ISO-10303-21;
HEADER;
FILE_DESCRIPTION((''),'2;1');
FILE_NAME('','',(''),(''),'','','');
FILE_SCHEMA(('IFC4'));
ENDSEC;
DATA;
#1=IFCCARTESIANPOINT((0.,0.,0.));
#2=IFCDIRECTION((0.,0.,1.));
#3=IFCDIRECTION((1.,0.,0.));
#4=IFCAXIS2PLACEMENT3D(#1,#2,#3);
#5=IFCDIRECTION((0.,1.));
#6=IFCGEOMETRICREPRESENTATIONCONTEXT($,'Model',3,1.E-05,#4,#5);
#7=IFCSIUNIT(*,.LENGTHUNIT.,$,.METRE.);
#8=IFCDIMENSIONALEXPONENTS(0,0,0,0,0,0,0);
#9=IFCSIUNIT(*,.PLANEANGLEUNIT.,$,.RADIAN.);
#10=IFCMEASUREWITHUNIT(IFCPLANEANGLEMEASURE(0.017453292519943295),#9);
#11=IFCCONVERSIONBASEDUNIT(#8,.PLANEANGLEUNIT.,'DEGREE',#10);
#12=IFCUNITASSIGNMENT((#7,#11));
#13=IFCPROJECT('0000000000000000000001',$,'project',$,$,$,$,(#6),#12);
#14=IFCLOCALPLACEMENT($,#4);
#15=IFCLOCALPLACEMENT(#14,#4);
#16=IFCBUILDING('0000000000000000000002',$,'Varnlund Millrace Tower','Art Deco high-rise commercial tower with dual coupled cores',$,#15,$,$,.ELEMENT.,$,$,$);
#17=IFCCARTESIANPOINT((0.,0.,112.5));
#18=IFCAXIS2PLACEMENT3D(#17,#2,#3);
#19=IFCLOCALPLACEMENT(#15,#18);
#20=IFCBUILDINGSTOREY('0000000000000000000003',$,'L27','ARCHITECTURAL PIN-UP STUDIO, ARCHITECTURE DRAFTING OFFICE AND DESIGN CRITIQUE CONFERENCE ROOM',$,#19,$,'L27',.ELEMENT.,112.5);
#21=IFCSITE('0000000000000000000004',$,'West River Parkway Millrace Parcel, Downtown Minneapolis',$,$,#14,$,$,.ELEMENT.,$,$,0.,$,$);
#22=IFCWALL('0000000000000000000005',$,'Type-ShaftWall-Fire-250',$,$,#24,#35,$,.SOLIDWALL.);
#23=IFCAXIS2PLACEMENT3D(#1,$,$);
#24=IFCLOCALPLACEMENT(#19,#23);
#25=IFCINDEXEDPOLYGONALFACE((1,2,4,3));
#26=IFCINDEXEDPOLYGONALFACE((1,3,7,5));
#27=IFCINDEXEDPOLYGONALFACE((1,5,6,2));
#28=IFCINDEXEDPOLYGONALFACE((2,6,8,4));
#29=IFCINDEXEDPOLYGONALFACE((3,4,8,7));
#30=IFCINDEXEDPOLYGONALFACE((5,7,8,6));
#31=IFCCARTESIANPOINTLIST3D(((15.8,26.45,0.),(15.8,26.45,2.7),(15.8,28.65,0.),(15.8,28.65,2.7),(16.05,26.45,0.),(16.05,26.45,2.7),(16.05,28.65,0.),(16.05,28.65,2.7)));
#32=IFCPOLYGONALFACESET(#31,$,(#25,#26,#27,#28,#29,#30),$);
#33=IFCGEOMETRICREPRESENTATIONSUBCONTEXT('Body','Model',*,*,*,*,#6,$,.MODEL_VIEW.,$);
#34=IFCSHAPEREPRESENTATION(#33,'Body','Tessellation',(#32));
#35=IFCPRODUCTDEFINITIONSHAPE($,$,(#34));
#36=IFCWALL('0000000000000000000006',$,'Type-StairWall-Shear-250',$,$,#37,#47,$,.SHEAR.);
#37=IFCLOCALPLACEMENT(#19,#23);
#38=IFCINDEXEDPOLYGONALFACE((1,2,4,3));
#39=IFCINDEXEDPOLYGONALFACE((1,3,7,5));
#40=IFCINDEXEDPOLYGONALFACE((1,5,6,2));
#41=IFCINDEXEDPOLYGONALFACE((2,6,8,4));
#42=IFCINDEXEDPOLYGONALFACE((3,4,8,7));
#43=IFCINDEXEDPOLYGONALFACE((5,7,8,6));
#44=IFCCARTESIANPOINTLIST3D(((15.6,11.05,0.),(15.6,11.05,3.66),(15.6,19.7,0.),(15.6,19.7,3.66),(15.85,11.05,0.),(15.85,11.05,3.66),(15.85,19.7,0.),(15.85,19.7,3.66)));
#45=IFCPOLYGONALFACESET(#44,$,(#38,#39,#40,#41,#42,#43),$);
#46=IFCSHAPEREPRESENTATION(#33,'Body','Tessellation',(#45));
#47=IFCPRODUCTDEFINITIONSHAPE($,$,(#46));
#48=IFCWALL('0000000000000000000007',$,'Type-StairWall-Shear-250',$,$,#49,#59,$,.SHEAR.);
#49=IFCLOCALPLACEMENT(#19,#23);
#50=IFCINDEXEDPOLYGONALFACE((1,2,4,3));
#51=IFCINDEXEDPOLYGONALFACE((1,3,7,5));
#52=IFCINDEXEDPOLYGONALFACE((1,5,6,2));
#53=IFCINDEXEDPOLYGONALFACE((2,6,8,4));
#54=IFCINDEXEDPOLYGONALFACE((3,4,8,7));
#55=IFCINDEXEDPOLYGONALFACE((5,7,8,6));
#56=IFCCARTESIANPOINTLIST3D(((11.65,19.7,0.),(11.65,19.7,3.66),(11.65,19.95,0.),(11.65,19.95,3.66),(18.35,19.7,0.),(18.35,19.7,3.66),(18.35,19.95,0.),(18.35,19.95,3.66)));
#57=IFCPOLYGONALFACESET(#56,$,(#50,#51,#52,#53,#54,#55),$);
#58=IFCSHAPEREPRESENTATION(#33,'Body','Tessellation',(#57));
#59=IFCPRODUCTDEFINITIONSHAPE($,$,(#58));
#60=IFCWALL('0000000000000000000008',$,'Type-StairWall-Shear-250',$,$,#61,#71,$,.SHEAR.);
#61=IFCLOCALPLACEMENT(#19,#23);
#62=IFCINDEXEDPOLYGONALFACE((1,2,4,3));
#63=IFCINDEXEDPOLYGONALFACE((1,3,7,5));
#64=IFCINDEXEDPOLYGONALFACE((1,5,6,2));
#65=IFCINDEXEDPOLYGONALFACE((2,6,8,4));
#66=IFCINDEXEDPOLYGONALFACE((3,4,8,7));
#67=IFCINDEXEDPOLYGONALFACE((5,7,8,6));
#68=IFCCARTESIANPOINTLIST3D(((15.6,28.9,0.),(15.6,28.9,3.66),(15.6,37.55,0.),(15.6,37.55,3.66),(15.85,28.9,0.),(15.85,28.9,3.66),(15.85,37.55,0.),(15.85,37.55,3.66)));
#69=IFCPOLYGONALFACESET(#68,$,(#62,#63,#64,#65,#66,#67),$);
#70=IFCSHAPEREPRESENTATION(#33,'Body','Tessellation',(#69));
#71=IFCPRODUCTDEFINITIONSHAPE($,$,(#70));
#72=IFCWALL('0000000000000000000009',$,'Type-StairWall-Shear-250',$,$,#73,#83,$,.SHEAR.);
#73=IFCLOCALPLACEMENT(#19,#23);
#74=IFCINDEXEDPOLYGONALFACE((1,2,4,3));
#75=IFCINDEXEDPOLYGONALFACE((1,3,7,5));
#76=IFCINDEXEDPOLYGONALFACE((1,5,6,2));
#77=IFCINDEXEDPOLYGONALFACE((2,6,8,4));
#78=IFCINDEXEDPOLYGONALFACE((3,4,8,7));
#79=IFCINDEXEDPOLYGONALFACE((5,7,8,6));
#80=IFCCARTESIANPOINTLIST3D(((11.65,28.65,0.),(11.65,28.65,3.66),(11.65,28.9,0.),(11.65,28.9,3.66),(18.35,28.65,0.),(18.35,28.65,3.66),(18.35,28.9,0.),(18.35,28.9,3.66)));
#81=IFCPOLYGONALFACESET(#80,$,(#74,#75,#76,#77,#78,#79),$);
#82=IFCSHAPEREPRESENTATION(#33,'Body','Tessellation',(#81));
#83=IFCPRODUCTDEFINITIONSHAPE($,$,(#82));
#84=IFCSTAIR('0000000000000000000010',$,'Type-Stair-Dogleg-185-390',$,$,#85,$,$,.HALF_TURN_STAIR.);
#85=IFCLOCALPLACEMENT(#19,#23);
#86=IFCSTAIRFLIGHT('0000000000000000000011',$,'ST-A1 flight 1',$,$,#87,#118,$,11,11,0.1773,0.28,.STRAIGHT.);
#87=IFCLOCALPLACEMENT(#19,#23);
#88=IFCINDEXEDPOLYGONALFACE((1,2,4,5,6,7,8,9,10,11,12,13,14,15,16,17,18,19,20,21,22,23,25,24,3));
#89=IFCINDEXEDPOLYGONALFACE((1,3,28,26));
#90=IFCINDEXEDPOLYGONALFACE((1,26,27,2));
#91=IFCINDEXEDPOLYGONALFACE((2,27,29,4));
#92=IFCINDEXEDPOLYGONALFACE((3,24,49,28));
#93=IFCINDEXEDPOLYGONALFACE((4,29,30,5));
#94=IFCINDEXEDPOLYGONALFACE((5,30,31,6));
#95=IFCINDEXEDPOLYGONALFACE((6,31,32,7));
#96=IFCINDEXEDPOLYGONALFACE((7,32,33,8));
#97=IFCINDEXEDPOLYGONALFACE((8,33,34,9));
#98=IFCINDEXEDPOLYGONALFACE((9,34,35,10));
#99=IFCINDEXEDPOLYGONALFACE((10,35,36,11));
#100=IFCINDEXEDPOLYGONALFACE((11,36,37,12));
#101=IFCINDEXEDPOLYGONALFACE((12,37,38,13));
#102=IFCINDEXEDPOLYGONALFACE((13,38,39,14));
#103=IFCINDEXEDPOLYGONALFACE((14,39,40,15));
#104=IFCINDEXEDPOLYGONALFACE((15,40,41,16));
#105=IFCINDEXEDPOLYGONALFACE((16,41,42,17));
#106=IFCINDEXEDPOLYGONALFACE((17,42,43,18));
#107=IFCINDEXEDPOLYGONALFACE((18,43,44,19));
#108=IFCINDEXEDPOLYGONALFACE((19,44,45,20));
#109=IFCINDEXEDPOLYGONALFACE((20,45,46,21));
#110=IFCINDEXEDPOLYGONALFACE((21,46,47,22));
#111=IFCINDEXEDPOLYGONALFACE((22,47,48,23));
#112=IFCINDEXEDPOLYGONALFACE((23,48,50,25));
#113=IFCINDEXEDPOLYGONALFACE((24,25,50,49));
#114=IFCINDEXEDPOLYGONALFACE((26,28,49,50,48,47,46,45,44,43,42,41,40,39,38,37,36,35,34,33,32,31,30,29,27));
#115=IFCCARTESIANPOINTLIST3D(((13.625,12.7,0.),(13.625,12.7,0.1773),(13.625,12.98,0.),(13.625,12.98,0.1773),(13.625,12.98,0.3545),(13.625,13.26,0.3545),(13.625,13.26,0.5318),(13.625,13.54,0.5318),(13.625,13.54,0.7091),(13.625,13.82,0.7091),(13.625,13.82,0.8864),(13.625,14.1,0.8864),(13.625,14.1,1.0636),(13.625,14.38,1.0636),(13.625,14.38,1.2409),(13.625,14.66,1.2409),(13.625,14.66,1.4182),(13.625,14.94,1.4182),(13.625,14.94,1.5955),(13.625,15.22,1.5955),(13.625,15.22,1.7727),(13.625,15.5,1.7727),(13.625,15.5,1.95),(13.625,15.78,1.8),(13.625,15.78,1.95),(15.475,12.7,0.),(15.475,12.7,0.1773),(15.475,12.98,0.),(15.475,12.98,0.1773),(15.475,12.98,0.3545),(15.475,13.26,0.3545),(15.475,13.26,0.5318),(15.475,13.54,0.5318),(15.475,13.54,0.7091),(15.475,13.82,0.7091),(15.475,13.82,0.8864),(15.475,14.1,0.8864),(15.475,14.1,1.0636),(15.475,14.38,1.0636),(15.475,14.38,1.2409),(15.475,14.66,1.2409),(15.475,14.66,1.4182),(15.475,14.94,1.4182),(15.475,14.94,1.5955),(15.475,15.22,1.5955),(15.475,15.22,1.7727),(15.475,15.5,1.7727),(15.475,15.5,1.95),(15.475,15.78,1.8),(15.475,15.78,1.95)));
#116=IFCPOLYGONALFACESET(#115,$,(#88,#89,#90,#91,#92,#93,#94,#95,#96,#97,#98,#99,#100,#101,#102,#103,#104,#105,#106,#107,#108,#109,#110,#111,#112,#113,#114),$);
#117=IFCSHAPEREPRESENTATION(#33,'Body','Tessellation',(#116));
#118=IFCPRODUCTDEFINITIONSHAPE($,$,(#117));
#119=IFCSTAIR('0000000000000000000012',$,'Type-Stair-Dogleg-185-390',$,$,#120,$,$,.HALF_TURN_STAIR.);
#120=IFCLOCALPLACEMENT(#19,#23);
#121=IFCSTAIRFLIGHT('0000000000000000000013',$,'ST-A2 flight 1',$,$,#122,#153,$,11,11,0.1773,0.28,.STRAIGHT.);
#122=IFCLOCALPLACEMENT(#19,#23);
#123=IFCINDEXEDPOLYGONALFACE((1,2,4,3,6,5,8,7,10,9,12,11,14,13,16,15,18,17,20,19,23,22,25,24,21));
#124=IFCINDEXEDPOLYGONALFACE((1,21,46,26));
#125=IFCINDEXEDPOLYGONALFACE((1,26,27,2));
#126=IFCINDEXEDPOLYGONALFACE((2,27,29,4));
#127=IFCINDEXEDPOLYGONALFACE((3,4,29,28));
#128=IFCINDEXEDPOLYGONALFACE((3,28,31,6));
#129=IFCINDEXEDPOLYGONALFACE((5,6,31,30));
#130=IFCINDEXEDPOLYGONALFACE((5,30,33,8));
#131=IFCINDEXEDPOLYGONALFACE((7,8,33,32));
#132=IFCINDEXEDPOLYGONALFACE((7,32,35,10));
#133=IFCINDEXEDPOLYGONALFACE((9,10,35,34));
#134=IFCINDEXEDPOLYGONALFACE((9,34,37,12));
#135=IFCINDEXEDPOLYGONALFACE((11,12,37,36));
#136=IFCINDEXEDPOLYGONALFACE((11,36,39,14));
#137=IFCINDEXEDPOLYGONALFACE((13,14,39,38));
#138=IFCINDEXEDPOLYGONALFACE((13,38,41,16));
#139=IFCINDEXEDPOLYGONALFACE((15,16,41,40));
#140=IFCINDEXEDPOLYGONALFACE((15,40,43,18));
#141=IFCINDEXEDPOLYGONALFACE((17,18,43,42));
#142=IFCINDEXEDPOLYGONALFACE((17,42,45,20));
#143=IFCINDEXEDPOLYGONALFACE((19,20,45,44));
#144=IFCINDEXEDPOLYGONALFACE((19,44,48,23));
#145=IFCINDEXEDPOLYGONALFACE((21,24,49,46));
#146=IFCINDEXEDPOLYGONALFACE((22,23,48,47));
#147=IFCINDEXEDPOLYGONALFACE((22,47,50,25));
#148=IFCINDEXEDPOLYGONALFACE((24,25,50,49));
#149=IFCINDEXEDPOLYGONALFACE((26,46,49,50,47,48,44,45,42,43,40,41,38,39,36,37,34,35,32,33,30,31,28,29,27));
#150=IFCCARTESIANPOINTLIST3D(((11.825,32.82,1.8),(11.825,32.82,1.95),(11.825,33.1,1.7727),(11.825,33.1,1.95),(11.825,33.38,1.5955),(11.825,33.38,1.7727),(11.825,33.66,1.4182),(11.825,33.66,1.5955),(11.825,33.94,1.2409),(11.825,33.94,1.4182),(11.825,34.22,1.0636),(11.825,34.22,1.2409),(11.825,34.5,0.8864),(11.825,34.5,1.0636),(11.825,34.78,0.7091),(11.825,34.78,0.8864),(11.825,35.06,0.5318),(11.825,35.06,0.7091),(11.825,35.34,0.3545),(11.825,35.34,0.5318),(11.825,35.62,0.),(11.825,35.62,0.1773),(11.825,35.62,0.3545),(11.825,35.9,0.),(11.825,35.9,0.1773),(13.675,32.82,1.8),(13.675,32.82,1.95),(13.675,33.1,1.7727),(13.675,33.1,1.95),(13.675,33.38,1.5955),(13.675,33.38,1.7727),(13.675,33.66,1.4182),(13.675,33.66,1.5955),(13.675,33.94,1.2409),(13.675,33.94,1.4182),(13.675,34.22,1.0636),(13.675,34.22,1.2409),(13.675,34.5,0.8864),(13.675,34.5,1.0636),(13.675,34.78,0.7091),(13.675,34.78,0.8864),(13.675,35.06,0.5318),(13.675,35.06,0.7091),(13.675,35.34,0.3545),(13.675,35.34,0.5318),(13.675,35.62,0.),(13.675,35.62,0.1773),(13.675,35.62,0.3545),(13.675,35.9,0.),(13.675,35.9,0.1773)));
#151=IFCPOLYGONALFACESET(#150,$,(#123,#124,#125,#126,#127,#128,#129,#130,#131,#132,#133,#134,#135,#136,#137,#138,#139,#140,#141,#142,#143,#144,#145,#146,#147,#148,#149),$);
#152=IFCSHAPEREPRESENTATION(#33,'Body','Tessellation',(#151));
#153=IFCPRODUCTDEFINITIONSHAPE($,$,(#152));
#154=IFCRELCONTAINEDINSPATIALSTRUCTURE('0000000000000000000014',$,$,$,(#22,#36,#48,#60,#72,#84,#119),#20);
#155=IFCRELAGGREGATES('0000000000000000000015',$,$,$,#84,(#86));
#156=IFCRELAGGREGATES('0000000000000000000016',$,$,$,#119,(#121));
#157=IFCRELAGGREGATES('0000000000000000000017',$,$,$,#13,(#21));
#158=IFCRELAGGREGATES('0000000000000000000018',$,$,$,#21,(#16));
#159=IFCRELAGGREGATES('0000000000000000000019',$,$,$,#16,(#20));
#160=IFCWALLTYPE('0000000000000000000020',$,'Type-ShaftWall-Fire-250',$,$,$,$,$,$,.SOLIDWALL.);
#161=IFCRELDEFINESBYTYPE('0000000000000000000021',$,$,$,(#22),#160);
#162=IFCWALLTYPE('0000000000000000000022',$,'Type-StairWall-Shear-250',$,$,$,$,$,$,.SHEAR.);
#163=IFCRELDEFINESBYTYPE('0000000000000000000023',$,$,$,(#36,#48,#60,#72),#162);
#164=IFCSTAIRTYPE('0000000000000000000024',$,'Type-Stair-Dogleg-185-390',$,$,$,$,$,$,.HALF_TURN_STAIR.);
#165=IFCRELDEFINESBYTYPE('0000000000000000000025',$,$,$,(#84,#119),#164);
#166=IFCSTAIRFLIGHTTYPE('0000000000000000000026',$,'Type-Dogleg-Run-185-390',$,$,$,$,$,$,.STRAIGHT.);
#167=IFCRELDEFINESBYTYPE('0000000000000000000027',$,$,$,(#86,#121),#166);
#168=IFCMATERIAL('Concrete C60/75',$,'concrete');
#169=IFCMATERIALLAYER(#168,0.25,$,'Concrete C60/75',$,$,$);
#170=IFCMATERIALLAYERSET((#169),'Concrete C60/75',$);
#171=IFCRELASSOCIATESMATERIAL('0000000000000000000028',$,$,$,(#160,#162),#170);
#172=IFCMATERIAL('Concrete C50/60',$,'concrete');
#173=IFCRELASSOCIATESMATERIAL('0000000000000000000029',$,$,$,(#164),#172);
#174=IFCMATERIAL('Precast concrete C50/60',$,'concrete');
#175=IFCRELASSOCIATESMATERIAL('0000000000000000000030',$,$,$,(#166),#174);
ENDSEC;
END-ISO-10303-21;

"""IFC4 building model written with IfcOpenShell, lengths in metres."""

from ifc_helpers import new_model, entity, si_unit, converted_unit, direction, frame, origin_with_axes, place, context, subcontext, project, spatial, polyline, outline, extrude, material, layer, layer_set, type_object, element, aggregate, save


model = new_model("IFC4")

# Units and contexts
model_context = context("Model", 3, precision=1e-05, world=origin_with_axes(), true_north=direction((0.0, 1.0)))
body_context = subcontext(model_context, "Body", "Model", "MODEL_VIEW")
ifc_project = project(units=[si_unit("LENGTHUNIT", "METRE"), converted_unit("PLANEANGLEUNIT", "DEGREE", entity("IfcPlaneAngleMeasure", 0.017453292519943295), si_unit("PLANEANGLEUNIT", "RADIAN"), dimensions=[0, 0, 0, 0, 0, 0, 0])], contexts=[model_context])

# Site, building, storey
site_placement = place(None, origin_with_axes())
site = spatial("IfcSite", under=ifc_project, at=site_placement, Name="West River Parkway Millrace Parcel, Downtown Minneapolis", CompositionType="ELEMENT", RefElevation=0.0)
building_placement = place(site_placement, origin_with_axes())
building = spatial("IfcBuilding", under=site, at=building_placement, Name="Varnlund Millrace Tower", Description="Art Deco high-rise commercial tower with dual coupled cores", CompositionType="ELEMENT")
storey_placement = place(building_placement, frame((0.0, 0.0, 112.5), z_axis=(0.0, 0.0, 1.0), x_axis=(1.0, 0.0, 0.0)))
storey = spatial("IfcBuildingStorey", under=building, at=storey_placement, Name="L27", Description="ARCHITECTURAL PIN-UP STUDIO, ARCHITECTURE DRAFTING OFFICE AND DESIGN CRITIQUE CONFERENCE ROOM", LongName="L27", CompositionType="ELEMENT", Elevation=112.5)

# Shared definitions
ifc_material_1 = material(Name="Concrete C60/75", Category="concrete")
ifc_layer_1 = layer(ifc_material_1, 0.25, Name="Concrete C60/75")
ifc_layer_set_1 = layer_set([ifc_layer_1], Name="Concrete C60/75")
wall_type_1 = type_object("IfcWallType", Name="Type-ShaftWall-Fire-250", PredefinedType="SOLIDWALL", material=ifc_layer_set_1)

# Walls
for number, where, z_axis, x_axis, name in (
    (1, (15.925, 26.45, 0.0), (0.0, 0.0, 1.0), (0.0, 1.0, 0.0), "Type-ShaftWall-Fire-250"),
):
    element("IfcWall", number, at=place(storey_placement, frame(where, z_axis=z_axis, x_axis=x_axis)), inside=storey, type_object=wall_type_1, Name=name, PredefinedType="SOLIDWALL", context=body_context, shape_type="SweptSolid", body=[
        extrude(outline(polyline([(0.0, -0.125), (2.2, -0.125), (2.2, 0.125), (0.0, 0.125), (0.0, -0.125)])), origin_with_axes(), (0.0, 0.0, 1.0), 2.7),
    ])
wall_type_2 = type_object("IfcWallType", Name="Type-StairWall-Shear-250", PredefinedType="SHEAR", material=ifc_layer_set_1)
wall_1_placement = place(storey_placement, frame((15.725, 11.05, 0.0), z_axis=(0.0, 0.0, 1.0), x_axis=(0.0, 1.0, 0.0)))
element("IfcWall", 2, at=wall_1_placement, inside=storey, type_object=wall_type_2, Name="Type-StairWall-Shear-250", PredefinedType="SHEAR", context=body_context, shape_type="SweptSolid", body=[
    extrude(outline(polyline([(0.0, -0.125), (8.65, -0.125), (8.65, 0.125), (0.0, 0.125), (0.0, -0.125)])), origin_with_axes(), (0.0, 0.0, 1.0), 3.66),
])
wall_2_placement = place(storey_placement, frame((11.65, 19.825, 0.0), z_axis=(0.0, 0.0, 1.0), x_axis=(1.0, 0.0, 0.0)))
element("IfcWall", 3, at=wall_2_placement, inside=storey, type_object=wall_type_2, Name="Type-StairWall-Shear-250", PredefinedType="SHEAR", context=body_context, shape_type="SweptSolid", body=[
    extrude(outline(polyline([(0.0, -0.125), (6.7, -0.125), (6.7, 0.125), (0.0, 0.125), (0.0, -0.125)])), origin_with_axes(), (0.0, 0.0, 1.0), 3.66),
])
wall_3_placement = place(storey_placement, frame((15.725, 28.9, 0.0), z_axis=(0.0, 0.0, 1.0), x_axis=(0.0, 1.0, 0.0)))
element("IfcWall", 4, at=wall_3_placement, inside=storey, type_object=wall_type_2, Name="Type-StairWall-Shear-250", PredefinedType="SHEAR", context=body_context, shape_type="SweptSolid", body=[
    extrude(outline(polyline([(0.0, -0.125), (8.65, -0.125), (8.65, 0.125), (0.0, 0.125), (0.0, -0.125)])), origin_with_axes(), (0.0, 0.0, 1.0), 3.66),
])
wall_4_placement = place(storey_placement, frame((11.65, 28.775, 0.0), z_axis=(0.0, 0.0, 1.0), x_axis=(1.0, 0.0, 0.0)))
element("IfcWall", 5, at=wall_4_placement, inside=storey, type_object=wall_type_2, Name="Type-StairWall-Shear-250", PredefinedType="SHEAR", context=body_context, shape_type="SweptSolid", body=[
    extrude(outline(polyline([(0.0, -0.125), (6.7, -0.125), (6.7, 0.125), (0.0, 0.125), (0.0, -0.125)])), origin_with_axes(), (0.0, 0.0, 1.0), 3.66),
])

# Stairs, stair flights
ifc_material_2 = material(Name="Concrete C50/60", Category="concrete")
stair_type = type_object("IfcStairType", Name="Type-Stair-Dogleg-185-390", PredefinedType="HALF_TURN_STAIR", material=ifc_material_2)
stair_1_placement = place(storey_placement, origin_with_axes())
stair_1 = element("IfcStair", 6, at=stair_1_placement, inside=storey, type_object=stair_type, Name="Type-Stair-Dogleg-185-390", PredefinedType="HALF_TURN_STAIR")
ifc_material_3 = material(Name="Precast concrete C50/60", Category="concrete")
stair_flight_type = type_object("IfcStairFlightType", Name="Type-Dogleg-Run-185-390", PredefinedType="STRAIGHT", material=ifc_material_3)
stair_flight_1_placement = place(storey_placement, frame((13.625, 12.7, 0.0), z_axis=(1.0, 0.0, 0.0), x_axis=(0.0, 1.0, 0.0)))
stair_flight_1 = element("IfcStairFlight", 7, at=stair_flight_1_placement, type_object=stair_flight_type, Name="ST-A1 flight 1", NumberOfRisers=11, NumberOfTreads=11, PredefinedType="STRAIGHT", RiserHeight=0.1773, TreadLength=0.28, context=body_context, shape_type="SweptSolid", body=[
    extrude(outline(polyline([(0.0, 0.0), (0.0, 0.1773), (0.28, 0.1773), (0.28, 0.3545), (0.56, 0.3545), (0.56, 0.5318), (0.84, 0.5318), (0.84, 0.7091), (1.12, 0.7091), (1.12, 0.8864), (1.4, 0.8864), (1.4, 1.0636), (1.68, 1.0636), (1.68, 1.2409), (1.96, 1.2409), (1.96, 1.4182), (2.24, 1.4182), (2.24, 1.5955), (2.52, 1.5955), (2.52, 1.7727), (2.8, 1.7727), (2.8, 1.95), (3.08, 1.95), (3.08, 1.8), (0.28, 0.0), (0.0, 0.0)])), origin_with_axes(), (0.0, 0.0, 1.0), 1.85),
])
aggregate(stair_1, [stair_flight_1])
stair_2_placement = place(storey_placement, origin_with_axes())
stair_2 = element("IfcStair", 8, at=stair_2_placement, inside=storey, type_object=stair_type, Name="Type-Stair-Dogleg-185-390", PredefinedType="HALF_TURN_STAIR")
stair_flight_2_placement = place(storey_placement, frame((13.675, 35.9, 0.0), z_axis=(-1.0, 0.0, 0.0), x_axis=(0.0, -1.0, 0.0)))
stair_flight_2 = element("IfcStairFlight", 9, at=stair_flight_2_placement, type_object=stair_flight_type, Name="ST-A2 flight 1", NumberOfRisers=11, NumberOfTreads=11, PredefinedType="STRAIGHT", RiserHeight=0.1773, TreadLength=0.28, context=body_context, shape_type="SweptSolid", body=[
    extrude(outline(polyline([(0.0, 0.0), (0.0, 0.1773), (0.28, 0.1773), (0.28, 0.3545), (0.56, 0.3545), (0.56, 0.5318), (0.84, 0.5318), (0.84, 0.7091), (1.12, 0.7091), (1.12, 0.8864), (1.4, 0.8864), (1.4, 1.0636), (1.68, 1.0636), (1.68, 1.2409), (1.96, 1.2409), (1.96, 1.4182), (2.24, 1.4182), (2.24, 1.5955), (2.52, 1.5955), (2.52, 1.7727), (2.8, 1.7727), (2.8, 1.95), (3.08, 1.95), (3.08, 1.8), (0.28, 0.0), (0.0, 0.0)])), origin_with_axes(), (0.0, 0.0, 1.0), 1.85),
])
aggregate(stair_2, [stair_flight_2])

save(model, "model.ifc")
